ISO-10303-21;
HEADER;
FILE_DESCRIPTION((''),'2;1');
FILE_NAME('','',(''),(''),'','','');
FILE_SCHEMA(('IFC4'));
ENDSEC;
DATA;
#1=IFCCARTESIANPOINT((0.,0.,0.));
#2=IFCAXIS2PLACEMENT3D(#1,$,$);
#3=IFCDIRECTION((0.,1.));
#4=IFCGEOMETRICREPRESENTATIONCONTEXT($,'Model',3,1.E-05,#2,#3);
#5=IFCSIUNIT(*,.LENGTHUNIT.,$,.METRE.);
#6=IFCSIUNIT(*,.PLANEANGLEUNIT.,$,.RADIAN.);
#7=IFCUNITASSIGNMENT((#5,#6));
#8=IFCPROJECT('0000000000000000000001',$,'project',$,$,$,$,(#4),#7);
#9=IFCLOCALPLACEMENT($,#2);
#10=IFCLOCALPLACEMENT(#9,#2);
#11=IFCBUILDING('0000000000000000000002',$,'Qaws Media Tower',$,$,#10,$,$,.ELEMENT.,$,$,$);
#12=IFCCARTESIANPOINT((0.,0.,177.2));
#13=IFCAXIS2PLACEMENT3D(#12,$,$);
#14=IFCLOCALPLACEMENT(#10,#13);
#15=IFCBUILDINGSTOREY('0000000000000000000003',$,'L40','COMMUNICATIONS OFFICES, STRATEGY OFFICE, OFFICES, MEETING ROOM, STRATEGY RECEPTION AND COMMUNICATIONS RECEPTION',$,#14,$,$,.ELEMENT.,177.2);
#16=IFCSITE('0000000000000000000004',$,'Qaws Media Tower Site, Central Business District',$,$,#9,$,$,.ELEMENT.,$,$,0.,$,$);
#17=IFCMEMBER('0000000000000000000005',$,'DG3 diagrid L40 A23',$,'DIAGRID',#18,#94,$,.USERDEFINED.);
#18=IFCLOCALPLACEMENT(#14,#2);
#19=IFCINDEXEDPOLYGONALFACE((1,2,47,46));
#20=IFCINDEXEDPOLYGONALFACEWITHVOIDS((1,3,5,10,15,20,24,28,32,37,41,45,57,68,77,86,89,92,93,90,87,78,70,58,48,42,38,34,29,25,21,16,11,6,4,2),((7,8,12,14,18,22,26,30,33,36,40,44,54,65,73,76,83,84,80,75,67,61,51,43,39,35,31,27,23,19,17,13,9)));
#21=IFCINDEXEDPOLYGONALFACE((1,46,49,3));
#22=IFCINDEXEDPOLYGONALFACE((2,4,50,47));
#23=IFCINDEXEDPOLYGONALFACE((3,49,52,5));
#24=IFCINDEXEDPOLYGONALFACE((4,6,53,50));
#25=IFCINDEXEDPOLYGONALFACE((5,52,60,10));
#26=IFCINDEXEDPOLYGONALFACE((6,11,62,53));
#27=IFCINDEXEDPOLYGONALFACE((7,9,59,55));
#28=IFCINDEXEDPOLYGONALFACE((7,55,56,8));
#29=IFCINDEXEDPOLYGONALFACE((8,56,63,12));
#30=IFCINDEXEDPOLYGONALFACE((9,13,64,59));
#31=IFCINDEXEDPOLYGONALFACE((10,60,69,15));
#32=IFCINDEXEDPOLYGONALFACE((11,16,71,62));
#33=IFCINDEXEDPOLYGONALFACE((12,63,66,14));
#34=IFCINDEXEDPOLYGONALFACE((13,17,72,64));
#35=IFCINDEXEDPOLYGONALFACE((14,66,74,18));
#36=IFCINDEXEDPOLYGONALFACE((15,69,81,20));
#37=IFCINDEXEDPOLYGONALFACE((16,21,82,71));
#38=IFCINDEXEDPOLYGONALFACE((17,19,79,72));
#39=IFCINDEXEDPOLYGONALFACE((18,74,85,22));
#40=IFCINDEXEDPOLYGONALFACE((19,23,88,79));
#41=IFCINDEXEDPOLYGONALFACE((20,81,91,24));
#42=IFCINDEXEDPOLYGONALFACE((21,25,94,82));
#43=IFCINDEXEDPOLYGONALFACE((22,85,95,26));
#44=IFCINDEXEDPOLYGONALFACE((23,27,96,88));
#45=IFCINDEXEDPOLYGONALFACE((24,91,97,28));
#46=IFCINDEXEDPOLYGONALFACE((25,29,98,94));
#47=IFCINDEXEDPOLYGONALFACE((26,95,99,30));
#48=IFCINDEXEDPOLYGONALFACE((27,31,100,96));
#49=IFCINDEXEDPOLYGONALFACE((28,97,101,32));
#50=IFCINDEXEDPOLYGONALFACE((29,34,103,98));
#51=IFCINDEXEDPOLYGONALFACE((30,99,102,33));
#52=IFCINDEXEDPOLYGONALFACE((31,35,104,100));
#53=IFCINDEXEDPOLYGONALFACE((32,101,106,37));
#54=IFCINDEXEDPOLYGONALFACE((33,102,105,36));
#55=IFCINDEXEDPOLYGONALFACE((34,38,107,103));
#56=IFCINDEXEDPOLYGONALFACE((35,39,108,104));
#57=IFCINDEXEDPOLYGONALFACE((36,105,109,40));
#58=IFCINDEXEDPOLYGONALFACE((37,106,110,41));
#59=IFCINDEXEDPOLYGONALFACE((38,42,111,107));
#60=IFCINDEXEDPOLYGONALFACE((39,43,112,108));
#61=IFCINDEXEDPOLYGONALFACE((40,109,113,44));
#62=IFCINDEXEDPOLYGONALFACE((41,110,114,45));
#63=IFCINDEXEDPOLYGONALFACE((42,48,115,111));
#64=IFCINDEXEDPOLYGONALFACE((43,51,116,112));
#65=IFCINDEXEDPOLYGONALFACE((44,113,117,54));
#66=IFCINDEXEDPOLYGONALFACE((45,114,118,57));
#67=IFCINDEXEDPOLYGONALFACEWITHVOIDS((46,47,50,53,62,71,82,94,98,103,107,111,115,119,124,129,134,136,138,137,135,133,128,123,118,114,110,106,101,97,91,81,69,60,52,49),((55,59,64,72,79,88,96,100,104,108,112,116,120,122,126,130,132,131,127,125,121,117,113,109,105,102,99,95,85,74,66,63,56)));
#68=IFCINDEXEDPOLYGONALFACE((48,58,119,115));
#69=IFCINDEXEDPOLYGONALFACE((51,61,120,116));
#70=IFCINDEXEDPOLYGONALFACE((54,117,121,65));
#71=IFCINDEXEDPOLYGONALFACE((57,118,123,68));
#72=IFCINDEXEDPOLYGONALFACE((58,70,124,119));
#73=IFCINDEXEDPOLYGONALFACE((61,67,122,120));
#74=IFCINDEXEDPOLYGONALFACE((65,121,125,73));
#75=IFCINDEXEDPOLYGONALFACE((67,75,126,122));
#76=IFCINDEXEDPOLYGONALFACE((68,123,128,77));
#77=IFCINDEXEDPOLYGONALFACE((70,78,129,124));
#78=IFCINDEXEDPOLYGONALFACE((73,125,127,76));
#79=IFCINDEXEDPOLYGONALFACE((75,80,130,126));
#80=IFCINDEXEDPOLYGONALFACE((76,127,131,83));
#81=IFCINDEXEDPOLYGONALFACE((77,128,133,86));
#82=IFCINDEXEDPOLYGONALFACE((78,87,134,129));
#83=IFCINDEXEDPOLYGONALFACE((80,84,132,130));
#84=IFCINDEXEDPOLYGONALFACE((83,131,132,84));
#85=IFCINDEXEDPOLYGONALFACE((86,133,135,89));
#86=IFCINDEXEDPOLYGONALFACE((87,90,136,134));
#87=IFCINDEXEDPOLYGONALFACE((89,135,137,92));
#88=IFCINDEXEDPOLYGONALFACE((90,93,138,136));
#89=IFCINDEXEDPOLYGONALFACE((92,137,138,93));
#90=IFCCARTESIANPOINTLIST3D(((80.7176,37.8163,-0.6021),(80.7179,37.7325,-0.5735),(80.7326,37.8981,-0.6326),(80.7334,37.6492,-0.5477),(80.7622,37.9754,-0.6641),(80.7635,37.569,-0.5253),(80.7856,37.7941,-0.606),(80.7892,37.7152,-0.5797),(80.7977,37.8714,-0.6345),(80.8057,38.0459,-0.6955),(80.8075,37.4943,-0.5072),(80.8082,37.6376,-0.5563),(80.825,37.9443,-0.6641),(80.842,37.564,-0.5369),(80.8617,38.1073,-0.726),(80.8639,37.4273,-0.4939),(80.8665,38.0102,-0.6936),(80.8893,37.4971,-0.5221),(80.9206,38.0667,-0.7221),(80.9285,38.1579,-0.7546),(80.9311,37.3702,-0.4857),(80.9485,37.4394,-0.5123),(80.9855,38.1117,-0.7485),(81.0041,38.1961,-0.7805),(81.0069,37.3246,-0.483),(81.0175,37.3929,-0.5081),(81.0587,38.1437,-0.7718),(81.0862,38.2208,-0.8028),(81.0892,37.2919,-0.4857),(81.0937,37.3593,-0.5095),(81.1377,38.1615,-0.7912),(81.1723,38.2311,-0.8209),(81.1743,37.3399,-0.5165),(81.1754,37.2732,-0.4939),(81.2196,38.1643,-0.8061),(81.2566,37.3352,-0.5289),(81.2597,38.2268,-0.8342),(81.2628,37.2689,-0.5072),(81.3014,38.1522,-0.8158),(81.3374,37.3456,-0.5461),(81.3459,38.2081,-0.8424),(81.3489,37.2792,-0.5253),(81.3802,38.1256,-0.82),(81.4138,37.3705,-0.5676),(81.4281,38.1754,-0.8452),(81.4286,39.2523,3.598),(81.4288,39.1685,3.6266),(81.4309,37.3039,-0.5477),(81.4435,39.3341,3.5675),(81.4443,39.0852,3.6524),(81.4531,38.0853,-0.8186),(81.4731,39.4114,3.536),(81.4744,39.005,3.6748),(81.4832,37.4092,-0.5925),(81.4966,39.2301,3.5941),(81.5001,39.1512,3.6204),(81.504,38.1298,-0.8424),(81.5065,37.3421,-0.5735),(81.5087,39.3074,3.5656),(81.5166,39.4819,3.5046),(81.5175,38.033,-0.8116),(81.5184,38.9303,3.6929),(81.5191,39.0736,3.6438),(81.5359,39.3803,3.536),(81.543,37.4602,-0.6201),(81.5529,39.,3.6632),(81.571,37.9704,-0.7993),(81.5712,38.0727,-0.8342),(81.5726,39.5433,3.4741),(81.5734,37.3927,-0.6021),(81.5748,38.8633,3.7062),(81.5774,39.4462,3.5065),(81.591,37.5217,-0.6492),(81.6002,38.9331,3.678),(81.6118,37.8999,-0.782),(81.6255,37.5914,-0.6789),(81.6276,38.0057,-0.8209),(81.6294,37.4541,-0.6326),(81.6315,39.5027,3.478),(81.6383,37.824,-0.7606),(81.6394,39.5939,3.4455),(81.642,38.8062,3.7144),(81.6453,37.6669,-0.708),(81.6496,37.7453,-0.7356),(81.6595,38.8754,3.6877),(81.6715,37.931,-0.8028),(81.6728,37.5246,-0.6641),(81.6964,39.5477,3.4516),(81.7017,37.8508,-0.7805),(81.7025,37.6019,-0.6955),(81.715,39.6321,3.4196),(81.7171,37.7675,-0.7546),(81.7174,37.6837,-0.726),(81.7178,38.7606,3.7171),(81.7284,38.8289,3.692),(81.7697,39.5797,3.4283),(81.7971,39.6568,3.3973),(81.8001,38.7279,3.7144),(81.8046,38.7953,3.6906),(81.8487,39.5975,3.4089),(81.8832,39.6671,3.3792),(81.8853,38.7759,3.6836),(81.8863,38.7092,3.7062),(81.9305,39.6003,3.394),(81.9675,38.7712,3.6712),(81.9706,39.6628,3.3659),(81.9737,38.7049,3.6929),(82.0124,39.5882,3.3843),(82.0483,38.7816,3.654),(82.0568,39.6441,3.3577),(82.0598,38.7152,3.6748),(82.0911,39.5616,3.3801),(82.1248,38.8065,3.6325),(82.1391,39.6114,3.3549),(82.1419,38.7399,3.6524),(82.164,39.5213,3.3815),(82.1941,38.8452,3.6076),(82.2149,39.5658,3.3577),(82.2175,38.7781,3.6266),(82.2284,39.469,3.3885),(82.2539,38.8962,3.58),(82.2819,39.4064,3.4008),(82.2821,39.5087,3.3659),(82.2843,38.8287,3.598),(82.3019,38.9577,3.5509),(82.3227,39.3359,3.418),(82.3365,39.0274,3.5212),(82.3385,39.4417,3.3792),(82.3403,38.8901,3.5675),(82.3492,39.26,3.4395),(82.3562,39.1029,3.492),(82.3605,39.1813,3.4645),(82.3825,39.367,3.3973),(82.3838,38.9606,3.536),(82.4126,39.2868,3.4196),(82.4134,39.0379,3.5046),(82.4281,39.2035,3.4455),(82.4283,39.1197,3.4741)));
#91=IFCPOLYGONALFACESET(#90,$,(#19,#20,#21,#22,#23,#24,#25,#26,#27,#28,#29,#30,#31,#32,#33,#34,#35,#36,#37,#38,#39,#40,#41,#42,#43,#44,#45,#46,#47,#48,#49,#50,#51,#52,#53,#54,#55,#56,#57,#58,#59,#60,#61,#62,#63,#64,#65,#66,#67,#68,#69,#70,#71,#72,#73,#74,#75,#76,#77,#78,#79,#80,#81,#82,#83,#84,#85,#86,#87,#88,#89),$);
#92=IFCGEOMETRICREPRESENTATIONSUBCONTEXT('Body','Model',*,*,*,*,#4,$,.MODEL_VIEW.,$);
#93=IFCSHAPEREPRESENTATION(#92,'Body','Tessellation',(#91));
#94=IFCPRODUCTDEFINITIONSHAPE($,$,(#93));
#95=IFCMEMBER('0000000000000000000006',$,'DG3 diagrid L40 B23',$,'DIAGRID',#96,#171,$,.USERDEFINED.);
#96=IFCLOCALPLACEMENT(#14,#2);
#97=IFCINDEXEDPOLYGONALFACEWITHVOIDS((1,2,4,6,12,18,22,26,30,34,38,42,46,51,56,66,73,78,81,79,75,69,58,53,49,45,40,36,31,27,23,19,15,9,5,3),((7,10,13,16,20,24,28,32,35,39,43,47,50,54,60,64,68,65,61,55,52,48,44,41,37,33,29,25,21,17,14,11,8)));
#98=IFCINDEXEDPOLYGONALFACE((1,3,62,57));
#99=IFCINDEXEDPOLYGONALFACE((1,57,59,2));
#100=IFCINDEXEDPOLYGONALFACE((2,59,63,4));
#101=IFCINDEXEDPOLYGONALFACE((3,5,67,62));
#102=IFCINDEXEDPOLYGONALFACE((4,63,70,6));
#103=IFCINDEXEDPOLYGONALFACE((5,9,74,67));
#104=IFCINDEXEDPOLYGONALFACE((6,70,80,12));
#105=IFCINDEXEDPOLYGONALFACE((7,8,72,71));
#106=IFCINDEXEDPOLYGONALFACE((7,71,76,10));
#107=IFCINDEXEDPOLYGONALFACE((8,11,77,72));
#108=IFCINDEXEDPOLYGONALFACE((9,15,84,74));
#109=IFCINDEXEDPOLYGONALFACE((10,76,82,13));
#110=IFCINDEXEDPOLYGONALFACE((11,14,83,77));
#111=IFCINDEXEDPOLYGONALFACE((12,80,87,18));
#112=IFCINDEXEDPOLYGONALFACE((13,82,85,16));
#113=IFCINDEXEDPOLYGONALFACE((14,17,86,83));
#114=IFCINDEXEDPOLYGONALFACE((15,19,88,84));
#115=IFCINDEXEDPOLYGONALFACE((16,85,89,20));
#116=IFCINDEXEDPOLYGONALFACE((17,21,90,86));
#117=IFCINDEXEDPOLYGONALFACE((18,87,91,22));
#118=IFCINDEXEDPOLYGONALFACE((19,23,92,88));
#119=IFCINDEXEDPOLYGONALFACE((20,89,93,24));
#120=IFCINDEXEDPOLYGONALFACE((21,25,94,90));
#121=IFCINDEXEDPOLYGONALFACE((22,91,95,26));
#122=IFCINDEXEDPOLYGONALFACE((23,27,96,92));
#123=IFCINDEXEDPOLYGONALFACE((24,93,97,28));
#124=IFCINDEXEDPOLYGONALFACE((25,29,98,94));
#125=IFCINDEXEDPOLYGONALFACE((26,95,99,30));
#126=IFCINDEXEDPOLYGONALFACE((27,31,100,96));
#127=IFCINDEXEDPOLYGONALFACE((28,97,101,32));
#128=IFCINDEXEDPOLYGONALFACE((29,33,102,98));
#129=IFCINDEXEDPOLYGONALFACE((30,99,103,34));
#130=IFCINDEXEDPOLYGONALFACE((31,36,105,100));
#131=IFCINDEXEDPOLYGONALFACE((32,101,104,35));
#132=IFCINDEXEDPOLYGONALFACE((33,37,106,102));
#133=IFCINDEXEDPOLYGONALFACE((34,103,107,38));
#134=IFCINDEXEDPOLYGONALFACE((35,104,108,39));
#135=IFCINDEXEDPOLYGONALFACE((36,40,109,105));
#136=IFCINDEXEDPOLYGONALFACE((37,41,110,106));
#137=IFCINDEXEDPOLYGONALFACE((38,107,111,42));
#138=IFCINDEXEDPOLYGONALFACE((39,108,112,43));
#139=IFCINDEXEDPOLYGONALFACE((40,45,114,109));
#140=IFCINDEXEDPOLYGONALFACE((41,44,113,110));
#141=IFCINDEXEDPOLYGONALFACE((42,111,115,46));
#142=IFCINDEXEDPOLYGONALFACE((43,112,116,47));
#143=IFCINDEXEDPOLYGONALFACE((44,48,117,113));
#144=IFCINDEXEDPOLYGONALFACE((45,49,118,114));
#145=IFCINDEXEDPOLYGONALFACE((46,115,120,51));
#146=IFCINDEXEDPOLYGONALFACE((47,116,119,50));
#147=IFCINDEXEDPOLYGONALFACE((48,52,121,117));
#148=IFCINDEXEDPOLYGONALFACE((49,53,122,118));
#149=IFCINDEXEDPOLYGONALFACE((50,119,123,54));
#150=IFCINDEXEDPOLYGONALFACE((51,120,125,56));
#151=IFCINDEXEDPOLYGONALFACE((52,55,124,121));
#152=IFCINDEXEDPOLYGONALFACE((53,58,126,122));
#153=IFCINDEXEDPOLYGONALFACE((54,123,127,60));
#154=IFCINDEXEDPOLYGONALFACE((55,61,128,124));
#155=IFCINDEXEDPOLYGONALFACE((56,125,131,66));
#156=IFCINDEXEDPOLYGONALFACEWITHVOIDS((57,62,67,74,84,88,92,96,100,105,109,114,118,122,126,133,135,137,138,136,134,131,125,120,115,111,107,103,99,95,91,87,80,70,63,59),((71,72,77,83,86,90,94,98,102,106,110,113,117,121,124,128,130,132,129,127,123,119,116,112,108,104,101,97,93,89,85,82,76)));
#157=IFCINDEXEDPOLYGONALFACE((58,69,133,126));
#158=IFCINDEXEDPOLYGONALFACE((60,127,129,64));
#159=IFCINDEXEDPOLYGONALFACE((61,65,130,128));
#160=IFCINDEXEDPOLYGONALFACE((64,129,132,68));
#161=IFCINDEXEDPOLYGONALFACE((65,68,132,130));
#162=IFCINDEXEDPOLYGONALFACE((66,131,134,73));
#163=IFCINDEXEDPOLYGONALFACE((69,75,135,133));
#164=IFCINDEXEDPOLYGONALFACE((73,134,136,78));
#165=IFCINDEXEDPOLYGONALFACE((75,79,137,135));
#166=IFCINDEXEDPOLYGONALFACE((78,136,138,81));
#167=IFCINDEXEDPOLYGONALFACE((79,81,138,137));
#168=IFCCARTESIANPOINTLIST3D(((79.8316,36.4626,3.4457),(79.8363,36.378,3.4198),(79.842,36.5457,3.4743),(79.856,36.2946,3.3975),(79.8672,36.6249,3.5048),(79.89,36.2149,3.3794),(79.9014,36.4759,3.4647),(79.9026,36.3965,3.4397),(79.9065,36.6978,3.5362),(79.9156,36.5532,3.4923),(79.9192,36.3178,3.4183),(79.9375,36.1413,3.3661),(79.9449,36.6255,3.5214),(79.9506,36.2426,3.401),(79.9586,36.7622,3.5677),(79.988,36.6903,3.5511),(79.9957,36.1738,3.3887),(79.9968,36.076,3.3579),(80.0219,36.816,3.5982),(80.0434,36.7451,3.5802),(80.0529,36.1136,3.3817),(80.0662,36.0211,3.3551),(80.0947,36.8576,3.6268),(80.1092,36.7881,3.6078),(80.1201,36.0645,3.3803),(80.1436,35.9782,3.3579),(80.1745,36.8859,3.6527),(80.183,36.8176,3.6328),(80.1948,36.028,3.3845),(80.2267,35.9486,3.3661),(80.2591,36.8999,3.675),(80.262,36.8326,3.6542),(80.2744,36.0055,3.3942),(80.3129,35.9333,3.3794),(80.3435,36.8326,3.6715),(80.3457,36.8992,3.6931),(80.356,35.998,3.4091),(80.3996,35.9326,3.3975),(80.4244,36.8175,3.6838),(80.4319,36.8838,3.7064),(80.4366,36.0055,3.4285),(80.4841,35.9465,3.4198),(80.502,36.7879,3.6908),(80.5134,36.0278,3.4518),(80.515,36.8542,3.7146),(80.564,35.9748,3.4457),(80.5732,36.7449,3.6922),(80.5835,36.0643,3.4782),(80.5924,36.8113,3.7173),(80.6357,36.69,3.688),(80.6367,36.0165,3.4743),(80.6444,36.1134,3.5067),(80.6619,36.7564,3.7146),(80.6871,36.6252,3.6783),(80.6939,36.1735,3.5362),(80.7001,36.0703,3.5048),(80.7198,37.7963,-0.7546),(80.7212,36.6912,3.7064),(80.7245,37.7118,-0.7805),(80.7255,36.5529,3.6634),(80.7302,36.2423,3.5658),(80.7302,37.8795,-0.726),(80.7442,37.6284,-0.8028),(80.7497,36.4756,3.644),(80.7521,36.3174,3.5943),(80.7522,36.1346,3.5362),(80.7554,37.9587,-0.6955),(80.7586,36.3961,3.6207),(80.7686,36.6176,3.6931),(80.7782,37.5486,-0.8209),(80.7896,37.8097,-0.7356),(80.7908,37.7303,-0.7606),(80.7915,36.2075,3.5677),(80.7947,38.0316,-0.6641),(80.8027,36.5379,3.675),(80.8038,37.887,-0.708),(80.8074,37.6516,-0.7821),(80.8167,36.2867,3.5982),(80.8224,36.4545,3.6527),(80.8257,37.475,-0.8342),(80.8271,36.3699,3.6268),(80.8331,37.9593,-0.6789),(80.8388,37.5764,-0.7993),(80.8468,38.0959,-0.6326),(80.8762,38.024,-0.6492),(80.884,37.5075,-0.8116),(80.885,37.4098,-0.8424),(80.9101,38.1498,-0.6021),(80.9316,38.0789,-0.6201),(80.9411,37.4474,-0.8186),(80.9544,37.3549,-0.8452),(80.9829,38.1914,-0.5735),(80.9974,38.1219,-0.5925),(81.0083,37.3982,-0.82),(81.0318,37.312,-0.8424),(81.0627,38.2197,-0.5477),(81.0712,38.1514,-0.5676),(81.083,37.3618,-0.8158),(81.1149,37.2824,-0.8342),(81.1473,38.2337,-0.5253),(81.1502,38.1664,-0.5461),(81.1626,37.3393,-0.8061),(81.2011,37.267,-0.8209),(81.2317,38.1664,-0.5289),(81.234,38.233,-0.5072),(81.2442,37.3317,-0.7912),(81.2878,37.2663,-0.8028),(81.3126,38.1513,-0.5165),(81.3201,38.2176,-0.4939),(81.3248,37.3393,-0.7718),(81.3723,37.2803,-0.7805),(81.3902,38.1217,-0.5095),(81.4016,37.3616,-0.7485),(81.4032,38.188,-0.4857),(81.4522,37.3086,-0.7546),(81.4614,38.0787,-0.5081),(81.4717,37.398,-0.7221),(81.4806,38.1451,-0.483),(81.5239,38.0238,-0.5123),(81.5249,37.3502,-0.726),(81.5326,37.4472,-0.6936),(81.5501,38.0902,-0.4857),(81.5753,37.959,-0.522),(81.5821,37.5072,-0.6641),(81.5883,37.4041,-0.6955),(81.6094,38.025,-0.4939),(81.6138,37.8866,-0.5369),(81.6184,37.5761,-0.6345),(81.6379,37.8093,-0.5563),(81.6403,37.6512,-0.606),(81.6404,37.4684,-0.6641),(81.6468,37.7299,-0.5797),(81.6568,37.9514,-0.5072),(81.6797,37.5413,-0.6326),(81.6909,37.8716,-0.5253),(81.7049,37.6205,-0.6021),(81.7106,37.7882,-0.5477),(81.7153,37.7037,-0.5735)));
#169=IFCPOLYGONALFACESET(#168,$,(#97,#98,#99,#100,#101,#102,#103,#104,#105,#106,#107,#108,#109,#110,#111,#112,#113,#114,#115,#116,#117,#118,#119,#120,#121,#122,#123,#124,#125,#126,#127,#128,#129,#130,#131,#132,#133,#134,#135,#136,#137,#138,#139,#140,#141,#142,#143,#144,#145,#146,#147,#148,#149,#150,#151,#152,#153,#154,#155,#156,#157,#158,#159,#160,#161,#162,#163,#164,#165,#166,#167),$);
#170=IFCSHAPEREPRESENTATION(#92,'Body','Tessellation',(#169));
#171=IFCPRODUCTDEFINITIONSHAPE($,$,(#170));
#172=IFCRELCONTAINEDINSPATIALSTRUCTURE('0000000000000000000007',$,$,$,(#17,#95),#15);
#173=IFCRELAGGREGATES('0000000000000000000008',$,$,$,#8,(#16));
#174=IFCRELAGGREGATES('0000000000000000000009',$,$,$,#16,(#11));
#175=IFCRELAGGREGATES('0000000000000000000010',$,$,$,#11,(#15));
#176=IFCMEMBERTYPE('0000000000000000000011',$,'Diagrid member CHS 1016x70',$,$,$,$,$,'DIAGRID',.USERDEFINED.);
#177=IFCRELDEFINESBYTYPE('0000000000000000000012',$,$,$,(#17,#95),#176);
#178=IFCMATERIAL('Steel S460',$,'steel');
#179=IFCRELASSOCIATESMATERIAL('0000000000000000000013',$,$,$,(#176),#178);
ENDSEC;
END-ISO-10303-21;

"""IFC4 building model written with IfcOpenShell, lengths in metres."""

from ifc_helpers import new_model, si_unit, direction, frame, origin, origin_2d, place, context, subcontext, project, spatial, hollow_circle, extrude, material, material_profile, profile_set, type_object, element, save


model = new_model("IFC4")

# Units and contexts
model_context = context("Model", 3, precision=1e-05, world=origin(), true_north=direction((0.0, 1.0)))
body_context = subcontext(model_context, "Body", "Model", "MODEL_VIEW")
ifc_project = project(units=[si_unit("LENGTHUNIT", "METRE"), si_unit("PLANEANGLEUNIT", "RADIAN")], contexts=[model_context])

# Site, building, storey
site_placement = place(None, origin())
site = spatial("IfcSite", under=ifc_project, at=site_placement, Name="Qaws Media Tower Site, Central Business District", CompositionType="ELEMENT", RefElevation=0.0)
building_placement = place(site_placement, origin())
building = spatial("IfcBuilding", under=site, at=building_placement, Name="Qaws Media Tower", CompositionType="ELEMENT")
storey_placement = place(building_placement, frame((0.0, 0.0, 177.2)))
storey = spatial("IfcBuildingStorey", under=building, at=storey_placement, Name="L40", Description="COMMUNICATIONS OFFICES, STRATEGY OFFICE, OFFICES, MEETING ROOM, STRATEGY RECEPTION AND COMMUNICATIONS RECEPTION", CompositionType="ELEMENT", Elevation=177.2)

# Members
ifc_material_1 = material(Name="Steel S460", Category="steel")
ifc_material_profile_1 = material_profile(ifc_material_1, hollow_circle(Radius=0.5081, WallThickness=0.0701, at=origin_2d()), Name="CHS 1016x70")
ifc_profile_set_1 = profile_set([ifc_material_profile_1], Name="Steel S460")
member_type_1 = type_object("IfcMemberType", Name="Diagrid member CHS 1016x70", ElementType="DIAGRID", PredefinedType="USERDEFINED", material=ifc_profile_set_1)
for number, where, z_axis, x_axis, name in (
    (1, (81.2175, 37.75, -0.6641), (0.158145, 0.31944, 0.934317), (-0.896188, 0.443675, 0.0), "DG3 diagrid L40 A23"),
):
    element("IfcMember", number, at=place(storey_placement, frame(where, z_axis=z_axis, x_axis=x_axis)), inside=storey, type_object=member_type_1, Name=name, ObjectType="DIAGRID", PredefinedType="USERDEFINED", context=body_context, shape_type="SweptSolid", body=[
        extrude(hollow_circle(Radius=0.5081, WallThickness=0.0701, at=origin_2d()), origin(), (0.0, 0.0, 1.0), 4.4954),
    ])
member_1_placement = place(storey_placement, frame((81.2175, 37.75, -0.6641), z_axis=(-0.197572, -0.296684, 0.934314), x_axis=(0.832331, -0.554278, 0.0)))
element("IfcMember", 2, at=member_1_placement, inside=storey, type_object=member_type_1, Name="DG3 diagrid L40 B23", ObjectType="DIAGRID", PredefinedType="USERDEFINED", context=body_context, shape_type="SweptSolid", body=[
    extrude(hollow_circle(Radius=0.5081, WallThickness=0.0701, at=origin_2d()), origin(), (0.0, 0.0, 1.0), 4.4956),
])

save(model, "model.ifc")
